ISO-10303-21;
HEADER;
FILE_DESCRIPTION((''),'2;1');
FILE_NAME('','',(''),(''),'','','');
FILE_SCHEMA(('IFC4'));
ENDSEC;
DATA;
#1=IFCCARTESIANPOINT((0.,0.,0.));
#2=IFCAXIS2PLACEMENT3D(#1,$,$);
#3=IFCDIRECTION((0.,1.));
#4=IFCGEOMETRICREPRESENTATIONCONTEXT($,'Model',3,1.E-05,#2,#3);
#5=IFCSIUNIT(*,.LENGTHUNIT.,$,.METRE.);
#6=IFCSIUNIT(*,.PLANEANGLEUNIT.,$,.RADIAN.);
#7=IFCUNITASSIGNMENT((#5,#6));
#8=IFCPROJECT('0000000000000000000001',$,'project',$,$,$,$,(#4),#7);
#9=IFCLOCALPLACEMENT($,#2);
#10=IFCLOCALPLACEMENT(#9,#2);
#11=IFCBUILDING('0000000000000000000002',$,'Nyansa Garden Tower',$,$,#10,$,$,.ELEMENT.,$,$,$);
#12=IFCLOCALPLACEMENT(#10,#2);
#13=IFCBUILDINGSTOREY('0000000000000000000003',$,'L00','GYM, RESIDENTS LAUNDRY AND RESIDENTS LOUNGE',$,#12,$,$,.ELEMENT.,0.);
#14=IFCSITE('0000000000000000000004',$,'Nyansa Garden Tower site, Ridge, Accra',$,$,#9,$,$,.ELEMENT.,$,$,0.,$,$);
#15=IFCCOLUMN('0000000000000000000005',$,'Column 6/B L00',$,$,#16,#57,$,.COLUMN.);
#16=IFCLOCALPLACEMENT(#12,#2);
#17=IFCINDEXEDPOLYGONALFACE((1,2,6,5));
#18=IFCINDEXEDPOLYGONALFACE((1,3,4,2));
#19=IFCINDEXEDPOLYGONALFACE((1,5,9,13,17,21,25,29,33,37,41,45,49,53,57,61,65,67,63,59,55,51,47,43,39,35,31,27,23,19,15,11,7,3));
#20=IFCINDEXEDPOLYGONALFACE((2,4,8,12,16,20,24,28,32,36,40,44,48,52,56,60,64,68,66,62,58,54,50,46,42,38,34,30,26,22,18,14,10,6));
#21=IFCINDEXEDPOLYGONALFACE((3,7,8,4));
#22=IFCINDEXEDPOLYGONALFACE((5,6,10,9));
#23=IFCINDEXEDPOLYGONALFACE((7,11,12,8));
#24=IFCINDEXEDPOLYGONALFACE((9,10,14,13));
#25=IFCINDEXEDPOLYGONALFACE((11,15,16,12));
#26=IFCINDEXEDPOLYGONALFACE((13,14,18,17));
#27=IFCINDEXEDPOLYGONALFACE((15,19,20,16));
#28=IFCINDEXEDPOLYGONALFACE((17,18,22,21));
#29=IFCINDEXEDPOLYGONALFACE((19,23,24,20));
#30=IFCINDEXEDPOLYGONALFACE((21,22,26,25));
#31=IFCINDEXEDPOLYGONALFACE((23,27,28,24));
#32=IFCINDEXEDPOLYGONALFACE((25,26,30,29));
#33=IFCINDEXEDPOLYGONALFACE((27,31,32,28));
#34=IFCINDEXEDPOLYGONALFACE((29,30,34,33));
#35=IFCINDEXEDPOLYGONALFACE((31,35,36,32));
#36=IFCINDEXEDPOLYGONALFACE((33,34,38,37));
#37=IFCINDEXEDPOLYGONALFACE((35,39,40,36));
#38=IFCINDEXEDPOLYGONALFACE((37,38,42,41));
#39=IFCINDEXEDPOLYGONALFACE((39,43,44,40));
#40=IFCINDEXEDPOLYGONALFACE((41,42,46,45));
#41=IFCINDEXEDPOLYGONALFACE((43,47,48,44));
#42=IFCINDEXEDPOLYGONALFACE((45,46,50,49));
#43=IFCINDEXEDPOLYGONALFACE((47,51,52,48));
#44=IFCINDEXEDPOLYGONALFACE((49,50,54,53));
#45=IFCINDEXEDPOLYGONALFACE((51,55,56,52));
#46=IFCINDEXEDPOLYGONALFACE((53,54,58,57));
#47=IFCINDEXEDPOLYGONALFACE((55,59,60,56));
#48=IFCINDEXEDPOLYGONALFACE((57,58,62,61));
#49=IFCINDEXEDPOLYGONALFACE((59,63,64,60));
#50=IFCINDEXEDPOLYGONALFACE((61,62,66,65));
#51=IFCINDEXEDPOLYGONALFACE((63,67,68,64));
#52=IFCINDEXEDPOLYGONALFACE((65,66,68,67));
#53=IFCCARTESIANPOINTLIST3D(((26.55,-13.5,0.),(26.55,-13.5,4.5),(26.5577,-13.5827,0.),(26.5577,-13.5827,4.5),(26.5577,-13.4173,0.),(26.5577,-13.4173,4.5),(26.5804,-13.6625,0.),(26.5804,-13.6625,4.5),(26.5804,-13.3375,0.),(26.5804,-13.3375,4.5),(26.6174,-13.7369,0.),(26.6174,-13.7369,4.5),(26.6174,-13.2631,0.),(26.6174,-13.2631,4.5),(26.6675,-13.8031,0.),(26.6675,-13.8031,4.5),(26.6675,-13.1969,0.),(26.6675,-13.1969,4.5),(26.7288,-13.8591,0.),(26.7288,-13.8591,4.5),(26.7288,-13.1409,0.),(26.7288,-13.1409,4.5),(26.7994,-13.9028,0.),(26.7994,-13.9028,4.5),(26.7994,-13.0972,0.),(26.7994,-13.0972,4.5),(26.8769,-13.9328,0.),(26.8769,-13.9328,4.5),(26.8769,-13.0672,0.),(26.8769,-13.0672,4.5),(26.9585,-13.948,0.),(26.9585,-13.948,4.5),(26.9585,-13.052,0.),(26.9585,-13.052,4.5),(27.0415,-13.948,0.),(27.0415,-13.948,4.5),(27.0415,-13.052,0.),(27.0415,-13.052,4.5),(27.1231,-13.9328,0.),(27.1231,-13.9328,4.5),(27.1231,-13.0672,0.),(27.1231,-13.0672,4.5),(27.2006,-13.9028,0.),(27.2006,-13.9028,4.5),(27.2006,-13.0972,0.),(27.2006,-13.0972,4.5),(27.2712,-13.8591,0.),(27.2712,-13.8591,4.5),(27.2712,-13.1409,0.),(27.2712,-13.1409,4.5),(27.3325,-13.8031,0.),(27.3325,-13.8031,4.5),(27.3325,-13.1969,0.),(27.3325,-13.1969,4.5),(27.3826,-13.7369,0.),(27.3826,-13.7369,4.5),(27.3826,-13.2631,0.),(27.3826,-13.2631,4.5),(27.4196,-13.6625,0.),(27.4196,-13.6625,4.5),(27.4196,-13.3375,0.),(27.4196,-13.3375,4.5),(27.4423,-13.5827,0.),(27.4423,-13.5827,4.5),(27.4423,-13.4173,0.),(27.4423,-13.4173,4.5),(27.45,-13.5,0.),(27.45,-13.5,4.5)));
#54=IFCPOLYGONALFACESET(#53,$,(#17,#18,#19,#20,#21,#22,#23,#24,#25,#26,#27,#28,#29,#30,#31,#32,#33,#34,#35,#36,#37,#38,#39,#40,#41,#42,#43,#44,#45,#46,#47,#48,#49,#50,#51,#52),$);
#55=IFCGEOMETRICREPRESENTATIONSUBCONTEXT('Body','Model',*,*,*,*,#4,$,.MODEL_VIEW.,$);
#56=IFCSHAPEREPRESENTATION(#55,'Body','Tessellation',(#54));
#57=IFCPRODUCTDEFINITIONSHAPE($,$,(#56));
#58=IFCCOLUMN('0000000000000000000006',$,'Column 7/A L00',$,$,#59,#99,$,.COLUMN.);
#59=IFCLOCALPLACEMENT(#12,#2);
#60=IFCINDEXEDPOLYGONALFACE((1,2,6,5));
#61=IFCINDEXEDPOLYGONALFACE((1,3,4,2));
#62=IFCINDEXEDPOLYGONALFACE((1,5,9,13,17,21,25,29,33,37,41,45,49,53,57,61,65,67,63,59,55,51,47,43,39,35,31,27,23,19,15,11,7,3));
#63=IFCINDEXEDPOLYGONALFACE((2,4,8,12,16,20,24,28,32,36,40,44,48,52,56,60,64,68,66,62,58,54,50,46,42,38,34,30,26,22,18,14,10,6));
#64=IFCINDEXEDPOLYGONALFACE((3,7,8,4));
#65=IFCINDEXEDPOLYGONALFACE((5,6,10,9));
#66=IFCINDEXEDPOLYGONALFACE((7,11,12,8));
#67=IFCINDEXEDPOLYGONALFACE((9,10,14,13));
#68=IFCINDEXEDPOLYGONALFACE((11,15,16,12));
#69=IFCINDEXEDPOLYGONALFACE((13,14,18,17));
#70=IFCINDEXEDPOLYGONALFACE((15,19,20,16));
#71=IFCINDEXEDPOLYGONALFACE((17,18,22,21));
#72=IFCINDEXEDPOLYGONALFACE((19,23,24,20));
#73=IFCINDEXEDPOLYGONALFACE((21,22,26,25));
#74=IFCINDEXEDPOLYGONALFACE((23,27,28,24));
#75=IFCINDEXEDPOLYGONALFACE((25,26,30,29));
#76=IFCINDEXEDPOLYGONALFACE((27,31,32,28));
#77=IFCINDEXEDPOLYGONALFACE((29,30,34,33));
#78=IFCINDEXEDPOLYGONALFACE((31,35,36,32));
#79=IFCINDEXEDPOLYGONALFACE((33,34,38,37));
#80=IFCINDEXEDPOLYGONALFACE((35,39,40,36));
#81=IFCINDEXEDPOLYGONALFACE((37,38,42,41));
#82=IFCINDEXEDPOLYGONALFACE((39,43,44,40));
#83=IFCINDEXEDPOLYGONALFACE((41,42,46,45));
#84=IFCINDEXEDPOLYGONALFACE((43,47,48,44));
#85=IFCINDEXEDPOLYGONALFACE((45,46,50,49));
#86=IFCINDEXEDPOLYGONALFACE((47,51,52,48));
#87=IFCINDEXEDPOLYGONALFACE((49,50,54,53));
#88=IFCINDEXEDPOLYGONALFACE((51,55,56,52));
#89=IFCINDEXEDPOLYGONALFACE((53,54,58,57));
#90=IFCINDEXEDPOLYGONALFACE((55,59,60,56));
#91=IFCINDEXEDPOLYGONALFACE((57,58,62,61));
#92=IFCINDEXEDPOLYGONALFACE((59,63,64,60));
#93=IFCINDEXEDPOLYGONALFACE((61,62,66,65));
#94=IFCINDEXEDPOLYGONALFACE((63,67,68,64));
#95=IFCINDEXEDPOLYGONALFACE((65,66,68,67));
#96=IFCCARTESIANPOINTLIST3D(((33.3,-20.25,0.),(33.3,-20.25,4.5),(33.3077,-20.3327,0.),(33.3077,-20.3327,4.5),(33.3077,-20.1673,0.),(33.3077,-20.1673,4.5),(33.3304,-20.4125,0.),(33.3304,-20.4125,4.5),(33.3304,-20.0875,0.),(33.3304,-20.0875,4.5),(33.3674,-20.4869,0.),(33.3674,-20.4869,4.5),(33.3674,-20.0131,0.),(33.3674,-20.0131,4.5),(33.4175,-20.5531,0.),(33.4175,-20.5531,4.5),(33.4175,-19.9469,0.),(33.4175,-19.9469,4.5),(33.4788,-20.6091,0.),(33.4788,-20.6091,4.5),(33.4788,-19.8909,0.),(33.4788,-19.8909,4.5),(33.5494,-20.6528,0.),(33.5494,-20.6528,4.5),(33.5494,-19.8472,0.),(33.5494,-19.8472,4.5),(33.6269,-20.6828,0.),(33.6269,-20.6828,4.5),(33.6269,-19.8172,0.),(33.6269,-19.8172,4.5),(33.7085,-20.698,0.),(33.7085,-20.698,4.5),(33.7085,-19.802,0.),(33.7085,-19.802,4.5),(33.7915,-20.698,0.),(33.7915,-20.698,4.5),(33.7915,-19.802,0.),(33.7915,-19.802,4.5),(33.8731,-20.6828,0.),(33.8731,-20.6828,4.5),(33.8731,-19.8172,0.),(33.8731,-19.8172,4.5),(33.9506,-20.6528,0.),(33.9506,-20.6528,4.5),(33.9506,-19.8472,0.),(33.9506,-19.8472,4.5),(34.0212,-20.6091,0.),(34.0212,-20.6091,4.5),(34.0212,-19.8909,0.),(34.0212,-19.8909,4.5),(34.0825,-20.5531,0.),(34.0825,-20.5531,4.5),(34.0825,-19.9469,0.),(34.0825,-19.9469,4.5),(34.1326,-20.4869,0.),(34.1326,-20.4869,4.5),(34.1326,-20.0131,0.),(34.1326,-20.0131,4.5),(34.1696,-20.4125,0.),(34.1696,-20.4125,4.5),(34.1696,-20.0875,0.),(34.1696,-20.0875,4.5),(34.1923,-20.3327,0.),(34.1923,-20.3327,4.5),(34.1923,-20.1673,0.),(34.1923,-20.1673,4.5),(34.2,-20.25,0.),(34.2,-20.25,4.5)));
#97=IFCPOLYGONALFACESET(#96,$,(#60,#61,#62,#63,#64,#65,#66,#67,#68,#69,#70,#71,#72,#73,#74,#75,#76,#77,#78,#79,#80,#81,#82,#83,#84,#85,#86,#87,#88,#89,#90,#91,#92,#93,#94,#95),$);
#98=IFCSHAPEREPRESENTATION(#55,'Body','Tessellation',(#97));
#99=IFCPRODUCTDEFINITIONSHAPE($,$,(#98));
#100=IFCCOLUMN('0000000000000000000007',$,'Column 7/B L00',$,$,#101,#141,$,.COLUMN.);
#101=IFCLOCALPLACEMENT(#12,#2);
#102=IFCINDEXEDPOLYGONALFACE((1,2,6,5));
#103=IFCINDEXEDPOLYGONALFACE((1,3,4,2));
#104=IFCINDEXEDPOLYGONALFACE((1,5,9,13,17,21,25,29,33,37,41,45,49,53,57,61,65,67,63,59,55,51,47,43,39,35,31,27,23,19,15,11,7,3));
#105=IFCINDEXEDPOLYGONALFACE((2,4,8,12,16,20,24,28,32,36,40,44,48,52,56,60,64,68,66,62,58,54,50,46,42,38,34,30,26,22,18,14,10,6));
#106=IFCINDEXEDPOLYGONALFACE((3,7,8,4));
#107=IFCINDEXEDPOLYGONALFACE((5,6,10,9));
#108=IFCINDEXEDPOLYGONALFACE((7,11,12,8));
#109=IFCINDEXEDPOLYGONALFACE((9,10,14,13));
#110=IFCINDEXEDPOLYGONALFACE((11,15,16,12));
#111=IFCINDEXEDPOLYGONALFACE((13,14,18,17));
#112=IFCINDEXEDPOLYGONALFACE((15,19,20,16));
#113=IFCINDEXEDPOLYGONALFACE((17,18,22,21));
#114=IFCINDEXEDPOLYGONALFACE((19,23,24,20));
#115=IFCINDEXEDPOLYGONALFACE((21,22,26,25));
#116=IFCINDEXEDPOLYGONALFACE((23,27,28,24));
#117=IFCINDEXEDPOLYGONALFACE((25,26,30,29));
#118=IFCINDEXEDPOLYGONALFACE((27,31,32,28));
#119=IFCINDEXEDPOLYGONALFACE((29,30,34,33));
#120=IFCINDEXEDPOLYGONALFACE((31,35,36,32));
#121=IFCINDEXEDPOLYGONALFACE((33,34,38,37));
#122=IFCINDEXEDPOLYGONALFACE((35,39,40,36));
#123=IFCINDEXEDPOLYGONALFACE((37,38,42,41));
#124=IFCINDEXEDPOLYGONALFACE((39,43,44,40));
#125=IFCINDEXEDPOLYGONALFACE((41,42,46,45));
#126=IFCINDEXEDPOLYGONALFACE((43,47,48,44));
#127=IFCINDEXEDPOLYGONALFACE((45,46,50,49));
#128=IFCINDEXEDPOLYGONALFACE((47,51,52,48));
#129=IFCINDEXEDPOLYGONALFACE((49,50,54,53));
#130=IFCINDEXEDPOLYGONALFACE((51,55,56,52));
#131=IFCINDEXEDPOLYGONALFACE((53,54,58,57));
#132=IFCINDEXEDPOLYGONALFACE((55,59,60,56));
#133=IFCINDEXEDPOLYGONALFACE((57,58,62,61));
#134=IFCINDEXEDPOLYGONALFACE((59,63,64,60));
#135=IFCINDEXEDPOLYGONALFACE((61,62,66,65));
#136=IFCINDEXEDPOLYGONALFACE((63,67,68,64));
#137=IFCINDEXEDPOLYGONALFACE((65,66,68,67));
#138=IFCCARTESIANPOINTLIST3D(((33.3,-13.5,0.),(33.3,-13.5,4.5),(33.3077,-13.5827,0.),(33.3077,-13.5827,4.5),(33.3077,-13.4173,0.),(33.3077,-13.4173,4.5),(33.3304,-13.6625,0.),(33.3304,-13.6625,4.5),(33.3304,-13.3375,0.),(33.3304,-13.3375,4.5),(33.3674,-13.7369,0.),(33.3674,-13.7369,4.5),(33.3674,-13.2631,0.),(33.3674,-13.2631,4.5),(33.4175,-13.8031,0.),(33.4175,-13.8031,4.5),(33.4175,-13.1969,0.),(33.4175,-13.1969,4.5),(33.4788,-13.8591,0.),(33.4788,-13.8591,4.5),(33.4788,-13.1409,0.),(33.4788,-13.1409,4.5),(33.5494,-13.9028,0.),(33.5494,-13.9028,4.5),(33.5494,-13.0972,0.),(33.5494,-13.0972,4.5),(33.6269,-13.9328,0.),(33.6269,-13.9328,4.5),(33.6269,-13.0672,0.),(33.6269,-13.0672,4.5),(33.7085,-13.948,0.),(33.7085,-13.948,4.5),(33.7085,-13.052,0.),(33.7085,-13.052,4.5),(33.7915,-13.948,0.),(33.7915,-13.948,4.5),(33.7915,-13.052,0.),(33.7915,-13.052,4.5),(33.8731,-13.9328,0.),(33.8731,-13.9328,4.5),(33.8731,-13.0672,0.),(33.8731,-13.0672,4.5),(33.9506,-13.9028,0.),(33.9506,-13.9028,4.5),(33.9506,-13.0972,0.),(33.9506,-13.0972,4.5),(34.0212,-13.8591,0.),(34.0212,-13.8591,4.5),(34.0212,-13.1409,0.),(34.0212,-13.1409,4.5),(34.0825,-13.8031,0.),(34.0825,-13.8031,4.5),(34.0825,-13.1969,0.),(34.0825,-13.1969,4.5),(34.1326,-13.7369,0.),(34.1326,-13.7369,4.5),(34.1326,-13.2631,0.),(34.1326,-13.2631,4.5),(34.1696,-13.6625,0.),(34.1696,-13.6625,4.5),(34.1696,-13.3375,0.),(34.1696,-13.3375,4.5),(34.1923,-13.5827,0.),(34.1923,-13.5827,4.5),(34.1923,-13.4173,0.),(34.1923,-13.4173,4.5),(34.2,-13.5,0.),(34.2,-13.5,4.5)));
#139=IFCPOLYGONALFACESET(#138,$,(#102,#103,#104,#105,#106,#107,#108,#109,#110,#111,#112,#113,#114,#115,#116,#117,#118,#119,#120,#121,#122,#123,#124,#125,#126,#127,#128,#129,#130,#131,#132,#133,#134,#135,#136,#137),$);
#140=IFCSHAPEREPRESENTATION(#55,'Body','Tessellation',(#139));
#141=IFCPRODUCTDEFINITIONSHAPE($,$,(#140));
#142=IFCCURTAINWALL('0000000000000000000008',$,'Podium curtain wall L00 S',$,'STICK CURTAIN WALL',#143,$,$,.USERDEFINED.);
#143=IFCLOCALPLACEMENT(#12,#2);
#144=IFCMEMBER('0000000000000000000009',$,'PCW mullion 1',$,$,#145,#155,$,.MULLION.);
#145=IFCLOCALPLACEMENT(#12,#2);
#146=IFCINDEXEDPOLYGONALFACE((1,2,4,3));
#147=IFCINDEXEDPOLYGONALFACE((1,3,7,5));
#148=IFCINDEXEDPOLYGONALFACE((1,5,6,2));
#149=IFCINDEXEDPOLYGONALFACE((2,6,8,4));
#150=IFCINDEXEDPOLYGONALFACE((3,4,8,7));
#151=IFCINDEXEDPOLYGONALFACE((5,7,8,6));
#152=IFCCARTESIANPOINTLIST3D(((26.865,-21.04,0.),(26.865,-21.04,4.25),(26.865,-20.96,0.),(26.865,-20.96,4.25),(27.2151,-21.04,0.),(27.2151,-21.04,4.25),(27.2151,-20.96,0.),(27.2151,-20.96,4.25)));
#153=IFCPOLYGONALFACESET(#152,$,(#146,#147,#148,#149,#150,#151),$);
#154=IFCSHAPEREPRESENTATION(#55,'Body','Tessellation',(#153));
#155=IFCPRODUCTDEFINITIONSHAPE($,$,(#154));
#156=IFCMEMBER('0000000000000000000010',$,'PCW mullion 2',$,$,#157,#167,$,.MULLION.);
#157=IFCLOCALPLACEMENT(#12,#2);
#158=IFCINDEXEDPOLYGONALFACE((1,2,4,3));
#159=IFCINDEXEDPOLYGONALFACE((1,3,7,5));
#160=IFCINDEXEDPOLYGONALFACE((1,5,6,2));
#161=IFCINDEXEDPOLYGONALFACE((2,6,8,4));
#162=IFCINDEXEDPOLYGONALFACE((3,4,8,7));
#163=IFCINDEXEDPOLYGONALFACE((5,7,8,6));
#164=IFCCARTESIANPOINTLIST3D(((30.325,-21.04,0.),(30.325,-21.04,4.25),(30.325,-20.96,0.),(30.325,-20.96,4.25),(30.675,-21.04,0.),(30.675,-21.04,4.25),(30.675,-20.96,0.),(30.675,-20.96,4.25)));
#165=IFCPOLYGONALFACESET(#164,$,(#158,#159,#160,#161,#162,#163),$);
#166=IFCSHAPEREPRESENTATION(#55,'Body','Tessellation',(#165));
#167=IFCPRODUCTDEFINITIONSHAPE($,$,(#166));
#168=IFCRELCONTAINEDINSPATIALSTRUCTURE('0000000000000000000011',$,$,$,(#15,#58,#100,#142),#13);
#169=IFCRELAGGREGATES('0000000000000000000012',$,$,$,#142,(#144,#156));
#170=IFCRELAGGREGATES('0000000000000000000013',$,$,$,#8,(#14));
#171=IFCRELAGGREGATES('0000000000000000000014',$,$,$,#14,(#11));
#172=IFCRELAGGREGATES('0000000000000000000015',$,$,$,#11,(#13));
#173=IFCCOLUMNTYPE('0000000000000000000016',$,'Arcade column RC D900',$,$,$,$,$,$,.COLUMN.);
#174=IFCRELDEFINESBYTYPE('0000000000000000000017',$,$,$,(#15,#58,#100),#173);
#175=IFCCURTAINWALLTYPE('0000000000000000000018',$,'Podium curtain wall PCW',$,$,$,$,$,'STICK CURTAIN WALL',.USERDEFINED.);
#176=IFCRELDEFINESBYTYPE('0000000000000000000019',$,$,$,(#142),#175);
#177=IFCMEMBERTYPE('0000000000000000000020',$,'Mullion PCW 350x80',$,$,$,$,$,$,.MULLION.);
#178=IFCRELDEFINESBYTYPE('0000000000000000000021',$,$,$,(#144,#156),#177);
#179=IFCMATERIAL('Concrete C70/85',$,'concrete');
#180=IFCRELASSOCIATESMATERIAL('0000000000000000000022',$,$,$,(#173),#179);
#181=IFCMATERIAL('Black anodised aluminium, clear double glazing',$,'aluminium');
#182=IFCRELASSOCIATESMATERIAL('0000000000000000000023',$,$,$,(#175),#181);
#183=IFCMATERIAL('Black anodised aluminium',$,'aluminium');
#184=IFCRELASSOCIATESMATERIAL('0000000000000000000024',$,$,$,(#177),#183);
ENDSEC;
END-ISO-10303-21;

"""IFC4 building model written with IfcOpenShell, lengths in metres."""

from ifc_helpers import new_model, si_unit, direction, frame, origin, origin_2d, place, context, subcontext, project, spatial, rectangle, circle, extrude, material, material_profile, profile_set, type_object, element, aggregate, save


model = new_model("IFC4")

# Units and contexts
model_context = context("Model", 3, precision=1e-05, world=origin(), true_north=direction((0.0, 1.0)))
body_context = subcontext(model_context, "Body", "Model", "MODEL_VIEW")
ifc_project = project(units=[si_unit("LENGTHUNIT", "METRE"), si_unit("PLANEANGLEUNIT", "RADIAN")], contexts=[model_context])

# Site, building, storey
site_placement = place(None, origin())
site = spatial("IfcSite", under=ifc_project, at=site_placement, Name="Nyansa Garden Tower site, Ridge, Accra", CompositionType="ELEMENT", RefElevation=0.0)
building_placement = place(site_placement, origin())
building = spatial("IfcBuilding", under=site, at=building_placement, Name="Nyansa Garden Tower", CompositionType="ELEMENT")
storey_placement = place(building_placement, origin())
storey = spatial("IfcBuildingStorey", under=building, at=storey_placement, Name="L00", Description="GYM, RESIDENTS LAUNDRY AND RESIDENTS LOUNGE", CompositionType="ELEMENT", Elevation=0.0)

# Columns
ifc_material_1 = material(Name="Concrete C70/85", Category="concrete")
ifc_material_profile_1 = material_profile(ifc_material_1, circle(Radius=0.45, at=origin_2d()), Name="RC D900")
ifc_profile_set_1 = profile_set([ifc_material_profile_1], Name="Concrete C70/85")
column_type = type_object("IfcColumnType", Name="Arcade column RC D900", PredefinedType="COLUMN", material=ifc_profile_set_1)
for number, where, z_axis, x_axis, name in (
    (1, (27.0, -13.5, 0.0), (0.0, 0.0, 1.0), (1.0, 0.0, 0.0), "Column 6/B L00"),
    (2, (33.75, -20.25, 0.0), (0.0, 0.0, 1.0), (1.0, 0.0, 0.0), "Column 7/A L00"),
    (3, (33.75, -13.5, 0.0), (0.0, 0.0, 1.0), (1.0, 0.0, 0.0), "Column 7/B L00"),
):
    element("IfcColumn", number, at=place(storey_placement, frame(where, z_axis=z_axis, x_axis=x_axis)), inside=storey, type_object=column_type, Name=name, PredefinedType="COLUMN", context=body_context, shape_type="SweptSolid", body=[
        extrude(circle(Radius=0.45, at=origin_2d()), origin(), (0.0, 0.0, 1.0), 4.5),
    ])

# Curtain wall, members
ifc_material_2 = material(Name="Black anodised aluminium, clear double glazing", Category="aluminium")
curtain_wall_type = type_object("IfcCurtainWallType", Name="Podium curtain wall PCW", ElementType="STICK CURTAIN WALL", PredefinedType="USERDEFINED", material=ifc_material_2)
curtain_wall_placement = place(storey_placement, origin())
curtain_wall = element("IfcCurtainWall", 4, at=curtain_wall_placement, inside=storey, type_object=curtain_wall_type, Name="Podium curtain wall L00 S", ObjectType="STICK CURTAIN WALL", PredefinedType="USERDEFINED")
ifc_material_3 = material(Name="Black anodised aluminium", Category="aluminium")
ifc_material_profile_2 = material_profile(ifc_material_3, rectangle(XDim=0.0801, YDim=0.3501, at=origin_2d()), Name="Mullion 350x80")
ifc_profile_set_2 = profile_set([ifc_material_profile_2], Name="Black anodised aluminium")
member_type_1 = type_object("IfcMemberType", Name="Mullion PCW 350x80", PredefinedType="MULLION", material=ifc_profile_set_2)
member_1_placement = place(storey_placement, frame((27.04, -21.0, 0.0), z_axis=(0.0, 0.0, 1.0), x_axis=(0.0, 1.0, 0.0)))
member_1 = element("IfcMember", 5, at=member_1_placement, type_object=member_type_1, Name="PCW mullion 1", PredefinedType="MULLION", context=body_context, shape_type="SweptSolid", body=[
    extrude(rectangle(XDim=0.0801, YDim=0.3501, at=origin_2d()), origin(), (0.0, 0.0, 1.0), 4.25),
])
member_2_placement = place(storey_placement, frame((30.5, -21.0, 0.0), z_axis=(0.0, 0.0, 1.0), x_axis=(0.0, 1.0, 0.0)))
member_2 = element("IfcMember", 6, at=member_2_placement, type_object=member_type_1, Name="PCW mullion 2", PredefinedType="MULLION", context=body_context, shape_type="SweptSolid", body=[
    extrude(rectangle(XDim=0.0801, YDim=0.3501, at=origin_2d()), origin(), (0.0, 0.0, 1.0), 4.25),
])

aggregate(curtain_wall, [member_1, member_2])

save(model, "model.ifc")
